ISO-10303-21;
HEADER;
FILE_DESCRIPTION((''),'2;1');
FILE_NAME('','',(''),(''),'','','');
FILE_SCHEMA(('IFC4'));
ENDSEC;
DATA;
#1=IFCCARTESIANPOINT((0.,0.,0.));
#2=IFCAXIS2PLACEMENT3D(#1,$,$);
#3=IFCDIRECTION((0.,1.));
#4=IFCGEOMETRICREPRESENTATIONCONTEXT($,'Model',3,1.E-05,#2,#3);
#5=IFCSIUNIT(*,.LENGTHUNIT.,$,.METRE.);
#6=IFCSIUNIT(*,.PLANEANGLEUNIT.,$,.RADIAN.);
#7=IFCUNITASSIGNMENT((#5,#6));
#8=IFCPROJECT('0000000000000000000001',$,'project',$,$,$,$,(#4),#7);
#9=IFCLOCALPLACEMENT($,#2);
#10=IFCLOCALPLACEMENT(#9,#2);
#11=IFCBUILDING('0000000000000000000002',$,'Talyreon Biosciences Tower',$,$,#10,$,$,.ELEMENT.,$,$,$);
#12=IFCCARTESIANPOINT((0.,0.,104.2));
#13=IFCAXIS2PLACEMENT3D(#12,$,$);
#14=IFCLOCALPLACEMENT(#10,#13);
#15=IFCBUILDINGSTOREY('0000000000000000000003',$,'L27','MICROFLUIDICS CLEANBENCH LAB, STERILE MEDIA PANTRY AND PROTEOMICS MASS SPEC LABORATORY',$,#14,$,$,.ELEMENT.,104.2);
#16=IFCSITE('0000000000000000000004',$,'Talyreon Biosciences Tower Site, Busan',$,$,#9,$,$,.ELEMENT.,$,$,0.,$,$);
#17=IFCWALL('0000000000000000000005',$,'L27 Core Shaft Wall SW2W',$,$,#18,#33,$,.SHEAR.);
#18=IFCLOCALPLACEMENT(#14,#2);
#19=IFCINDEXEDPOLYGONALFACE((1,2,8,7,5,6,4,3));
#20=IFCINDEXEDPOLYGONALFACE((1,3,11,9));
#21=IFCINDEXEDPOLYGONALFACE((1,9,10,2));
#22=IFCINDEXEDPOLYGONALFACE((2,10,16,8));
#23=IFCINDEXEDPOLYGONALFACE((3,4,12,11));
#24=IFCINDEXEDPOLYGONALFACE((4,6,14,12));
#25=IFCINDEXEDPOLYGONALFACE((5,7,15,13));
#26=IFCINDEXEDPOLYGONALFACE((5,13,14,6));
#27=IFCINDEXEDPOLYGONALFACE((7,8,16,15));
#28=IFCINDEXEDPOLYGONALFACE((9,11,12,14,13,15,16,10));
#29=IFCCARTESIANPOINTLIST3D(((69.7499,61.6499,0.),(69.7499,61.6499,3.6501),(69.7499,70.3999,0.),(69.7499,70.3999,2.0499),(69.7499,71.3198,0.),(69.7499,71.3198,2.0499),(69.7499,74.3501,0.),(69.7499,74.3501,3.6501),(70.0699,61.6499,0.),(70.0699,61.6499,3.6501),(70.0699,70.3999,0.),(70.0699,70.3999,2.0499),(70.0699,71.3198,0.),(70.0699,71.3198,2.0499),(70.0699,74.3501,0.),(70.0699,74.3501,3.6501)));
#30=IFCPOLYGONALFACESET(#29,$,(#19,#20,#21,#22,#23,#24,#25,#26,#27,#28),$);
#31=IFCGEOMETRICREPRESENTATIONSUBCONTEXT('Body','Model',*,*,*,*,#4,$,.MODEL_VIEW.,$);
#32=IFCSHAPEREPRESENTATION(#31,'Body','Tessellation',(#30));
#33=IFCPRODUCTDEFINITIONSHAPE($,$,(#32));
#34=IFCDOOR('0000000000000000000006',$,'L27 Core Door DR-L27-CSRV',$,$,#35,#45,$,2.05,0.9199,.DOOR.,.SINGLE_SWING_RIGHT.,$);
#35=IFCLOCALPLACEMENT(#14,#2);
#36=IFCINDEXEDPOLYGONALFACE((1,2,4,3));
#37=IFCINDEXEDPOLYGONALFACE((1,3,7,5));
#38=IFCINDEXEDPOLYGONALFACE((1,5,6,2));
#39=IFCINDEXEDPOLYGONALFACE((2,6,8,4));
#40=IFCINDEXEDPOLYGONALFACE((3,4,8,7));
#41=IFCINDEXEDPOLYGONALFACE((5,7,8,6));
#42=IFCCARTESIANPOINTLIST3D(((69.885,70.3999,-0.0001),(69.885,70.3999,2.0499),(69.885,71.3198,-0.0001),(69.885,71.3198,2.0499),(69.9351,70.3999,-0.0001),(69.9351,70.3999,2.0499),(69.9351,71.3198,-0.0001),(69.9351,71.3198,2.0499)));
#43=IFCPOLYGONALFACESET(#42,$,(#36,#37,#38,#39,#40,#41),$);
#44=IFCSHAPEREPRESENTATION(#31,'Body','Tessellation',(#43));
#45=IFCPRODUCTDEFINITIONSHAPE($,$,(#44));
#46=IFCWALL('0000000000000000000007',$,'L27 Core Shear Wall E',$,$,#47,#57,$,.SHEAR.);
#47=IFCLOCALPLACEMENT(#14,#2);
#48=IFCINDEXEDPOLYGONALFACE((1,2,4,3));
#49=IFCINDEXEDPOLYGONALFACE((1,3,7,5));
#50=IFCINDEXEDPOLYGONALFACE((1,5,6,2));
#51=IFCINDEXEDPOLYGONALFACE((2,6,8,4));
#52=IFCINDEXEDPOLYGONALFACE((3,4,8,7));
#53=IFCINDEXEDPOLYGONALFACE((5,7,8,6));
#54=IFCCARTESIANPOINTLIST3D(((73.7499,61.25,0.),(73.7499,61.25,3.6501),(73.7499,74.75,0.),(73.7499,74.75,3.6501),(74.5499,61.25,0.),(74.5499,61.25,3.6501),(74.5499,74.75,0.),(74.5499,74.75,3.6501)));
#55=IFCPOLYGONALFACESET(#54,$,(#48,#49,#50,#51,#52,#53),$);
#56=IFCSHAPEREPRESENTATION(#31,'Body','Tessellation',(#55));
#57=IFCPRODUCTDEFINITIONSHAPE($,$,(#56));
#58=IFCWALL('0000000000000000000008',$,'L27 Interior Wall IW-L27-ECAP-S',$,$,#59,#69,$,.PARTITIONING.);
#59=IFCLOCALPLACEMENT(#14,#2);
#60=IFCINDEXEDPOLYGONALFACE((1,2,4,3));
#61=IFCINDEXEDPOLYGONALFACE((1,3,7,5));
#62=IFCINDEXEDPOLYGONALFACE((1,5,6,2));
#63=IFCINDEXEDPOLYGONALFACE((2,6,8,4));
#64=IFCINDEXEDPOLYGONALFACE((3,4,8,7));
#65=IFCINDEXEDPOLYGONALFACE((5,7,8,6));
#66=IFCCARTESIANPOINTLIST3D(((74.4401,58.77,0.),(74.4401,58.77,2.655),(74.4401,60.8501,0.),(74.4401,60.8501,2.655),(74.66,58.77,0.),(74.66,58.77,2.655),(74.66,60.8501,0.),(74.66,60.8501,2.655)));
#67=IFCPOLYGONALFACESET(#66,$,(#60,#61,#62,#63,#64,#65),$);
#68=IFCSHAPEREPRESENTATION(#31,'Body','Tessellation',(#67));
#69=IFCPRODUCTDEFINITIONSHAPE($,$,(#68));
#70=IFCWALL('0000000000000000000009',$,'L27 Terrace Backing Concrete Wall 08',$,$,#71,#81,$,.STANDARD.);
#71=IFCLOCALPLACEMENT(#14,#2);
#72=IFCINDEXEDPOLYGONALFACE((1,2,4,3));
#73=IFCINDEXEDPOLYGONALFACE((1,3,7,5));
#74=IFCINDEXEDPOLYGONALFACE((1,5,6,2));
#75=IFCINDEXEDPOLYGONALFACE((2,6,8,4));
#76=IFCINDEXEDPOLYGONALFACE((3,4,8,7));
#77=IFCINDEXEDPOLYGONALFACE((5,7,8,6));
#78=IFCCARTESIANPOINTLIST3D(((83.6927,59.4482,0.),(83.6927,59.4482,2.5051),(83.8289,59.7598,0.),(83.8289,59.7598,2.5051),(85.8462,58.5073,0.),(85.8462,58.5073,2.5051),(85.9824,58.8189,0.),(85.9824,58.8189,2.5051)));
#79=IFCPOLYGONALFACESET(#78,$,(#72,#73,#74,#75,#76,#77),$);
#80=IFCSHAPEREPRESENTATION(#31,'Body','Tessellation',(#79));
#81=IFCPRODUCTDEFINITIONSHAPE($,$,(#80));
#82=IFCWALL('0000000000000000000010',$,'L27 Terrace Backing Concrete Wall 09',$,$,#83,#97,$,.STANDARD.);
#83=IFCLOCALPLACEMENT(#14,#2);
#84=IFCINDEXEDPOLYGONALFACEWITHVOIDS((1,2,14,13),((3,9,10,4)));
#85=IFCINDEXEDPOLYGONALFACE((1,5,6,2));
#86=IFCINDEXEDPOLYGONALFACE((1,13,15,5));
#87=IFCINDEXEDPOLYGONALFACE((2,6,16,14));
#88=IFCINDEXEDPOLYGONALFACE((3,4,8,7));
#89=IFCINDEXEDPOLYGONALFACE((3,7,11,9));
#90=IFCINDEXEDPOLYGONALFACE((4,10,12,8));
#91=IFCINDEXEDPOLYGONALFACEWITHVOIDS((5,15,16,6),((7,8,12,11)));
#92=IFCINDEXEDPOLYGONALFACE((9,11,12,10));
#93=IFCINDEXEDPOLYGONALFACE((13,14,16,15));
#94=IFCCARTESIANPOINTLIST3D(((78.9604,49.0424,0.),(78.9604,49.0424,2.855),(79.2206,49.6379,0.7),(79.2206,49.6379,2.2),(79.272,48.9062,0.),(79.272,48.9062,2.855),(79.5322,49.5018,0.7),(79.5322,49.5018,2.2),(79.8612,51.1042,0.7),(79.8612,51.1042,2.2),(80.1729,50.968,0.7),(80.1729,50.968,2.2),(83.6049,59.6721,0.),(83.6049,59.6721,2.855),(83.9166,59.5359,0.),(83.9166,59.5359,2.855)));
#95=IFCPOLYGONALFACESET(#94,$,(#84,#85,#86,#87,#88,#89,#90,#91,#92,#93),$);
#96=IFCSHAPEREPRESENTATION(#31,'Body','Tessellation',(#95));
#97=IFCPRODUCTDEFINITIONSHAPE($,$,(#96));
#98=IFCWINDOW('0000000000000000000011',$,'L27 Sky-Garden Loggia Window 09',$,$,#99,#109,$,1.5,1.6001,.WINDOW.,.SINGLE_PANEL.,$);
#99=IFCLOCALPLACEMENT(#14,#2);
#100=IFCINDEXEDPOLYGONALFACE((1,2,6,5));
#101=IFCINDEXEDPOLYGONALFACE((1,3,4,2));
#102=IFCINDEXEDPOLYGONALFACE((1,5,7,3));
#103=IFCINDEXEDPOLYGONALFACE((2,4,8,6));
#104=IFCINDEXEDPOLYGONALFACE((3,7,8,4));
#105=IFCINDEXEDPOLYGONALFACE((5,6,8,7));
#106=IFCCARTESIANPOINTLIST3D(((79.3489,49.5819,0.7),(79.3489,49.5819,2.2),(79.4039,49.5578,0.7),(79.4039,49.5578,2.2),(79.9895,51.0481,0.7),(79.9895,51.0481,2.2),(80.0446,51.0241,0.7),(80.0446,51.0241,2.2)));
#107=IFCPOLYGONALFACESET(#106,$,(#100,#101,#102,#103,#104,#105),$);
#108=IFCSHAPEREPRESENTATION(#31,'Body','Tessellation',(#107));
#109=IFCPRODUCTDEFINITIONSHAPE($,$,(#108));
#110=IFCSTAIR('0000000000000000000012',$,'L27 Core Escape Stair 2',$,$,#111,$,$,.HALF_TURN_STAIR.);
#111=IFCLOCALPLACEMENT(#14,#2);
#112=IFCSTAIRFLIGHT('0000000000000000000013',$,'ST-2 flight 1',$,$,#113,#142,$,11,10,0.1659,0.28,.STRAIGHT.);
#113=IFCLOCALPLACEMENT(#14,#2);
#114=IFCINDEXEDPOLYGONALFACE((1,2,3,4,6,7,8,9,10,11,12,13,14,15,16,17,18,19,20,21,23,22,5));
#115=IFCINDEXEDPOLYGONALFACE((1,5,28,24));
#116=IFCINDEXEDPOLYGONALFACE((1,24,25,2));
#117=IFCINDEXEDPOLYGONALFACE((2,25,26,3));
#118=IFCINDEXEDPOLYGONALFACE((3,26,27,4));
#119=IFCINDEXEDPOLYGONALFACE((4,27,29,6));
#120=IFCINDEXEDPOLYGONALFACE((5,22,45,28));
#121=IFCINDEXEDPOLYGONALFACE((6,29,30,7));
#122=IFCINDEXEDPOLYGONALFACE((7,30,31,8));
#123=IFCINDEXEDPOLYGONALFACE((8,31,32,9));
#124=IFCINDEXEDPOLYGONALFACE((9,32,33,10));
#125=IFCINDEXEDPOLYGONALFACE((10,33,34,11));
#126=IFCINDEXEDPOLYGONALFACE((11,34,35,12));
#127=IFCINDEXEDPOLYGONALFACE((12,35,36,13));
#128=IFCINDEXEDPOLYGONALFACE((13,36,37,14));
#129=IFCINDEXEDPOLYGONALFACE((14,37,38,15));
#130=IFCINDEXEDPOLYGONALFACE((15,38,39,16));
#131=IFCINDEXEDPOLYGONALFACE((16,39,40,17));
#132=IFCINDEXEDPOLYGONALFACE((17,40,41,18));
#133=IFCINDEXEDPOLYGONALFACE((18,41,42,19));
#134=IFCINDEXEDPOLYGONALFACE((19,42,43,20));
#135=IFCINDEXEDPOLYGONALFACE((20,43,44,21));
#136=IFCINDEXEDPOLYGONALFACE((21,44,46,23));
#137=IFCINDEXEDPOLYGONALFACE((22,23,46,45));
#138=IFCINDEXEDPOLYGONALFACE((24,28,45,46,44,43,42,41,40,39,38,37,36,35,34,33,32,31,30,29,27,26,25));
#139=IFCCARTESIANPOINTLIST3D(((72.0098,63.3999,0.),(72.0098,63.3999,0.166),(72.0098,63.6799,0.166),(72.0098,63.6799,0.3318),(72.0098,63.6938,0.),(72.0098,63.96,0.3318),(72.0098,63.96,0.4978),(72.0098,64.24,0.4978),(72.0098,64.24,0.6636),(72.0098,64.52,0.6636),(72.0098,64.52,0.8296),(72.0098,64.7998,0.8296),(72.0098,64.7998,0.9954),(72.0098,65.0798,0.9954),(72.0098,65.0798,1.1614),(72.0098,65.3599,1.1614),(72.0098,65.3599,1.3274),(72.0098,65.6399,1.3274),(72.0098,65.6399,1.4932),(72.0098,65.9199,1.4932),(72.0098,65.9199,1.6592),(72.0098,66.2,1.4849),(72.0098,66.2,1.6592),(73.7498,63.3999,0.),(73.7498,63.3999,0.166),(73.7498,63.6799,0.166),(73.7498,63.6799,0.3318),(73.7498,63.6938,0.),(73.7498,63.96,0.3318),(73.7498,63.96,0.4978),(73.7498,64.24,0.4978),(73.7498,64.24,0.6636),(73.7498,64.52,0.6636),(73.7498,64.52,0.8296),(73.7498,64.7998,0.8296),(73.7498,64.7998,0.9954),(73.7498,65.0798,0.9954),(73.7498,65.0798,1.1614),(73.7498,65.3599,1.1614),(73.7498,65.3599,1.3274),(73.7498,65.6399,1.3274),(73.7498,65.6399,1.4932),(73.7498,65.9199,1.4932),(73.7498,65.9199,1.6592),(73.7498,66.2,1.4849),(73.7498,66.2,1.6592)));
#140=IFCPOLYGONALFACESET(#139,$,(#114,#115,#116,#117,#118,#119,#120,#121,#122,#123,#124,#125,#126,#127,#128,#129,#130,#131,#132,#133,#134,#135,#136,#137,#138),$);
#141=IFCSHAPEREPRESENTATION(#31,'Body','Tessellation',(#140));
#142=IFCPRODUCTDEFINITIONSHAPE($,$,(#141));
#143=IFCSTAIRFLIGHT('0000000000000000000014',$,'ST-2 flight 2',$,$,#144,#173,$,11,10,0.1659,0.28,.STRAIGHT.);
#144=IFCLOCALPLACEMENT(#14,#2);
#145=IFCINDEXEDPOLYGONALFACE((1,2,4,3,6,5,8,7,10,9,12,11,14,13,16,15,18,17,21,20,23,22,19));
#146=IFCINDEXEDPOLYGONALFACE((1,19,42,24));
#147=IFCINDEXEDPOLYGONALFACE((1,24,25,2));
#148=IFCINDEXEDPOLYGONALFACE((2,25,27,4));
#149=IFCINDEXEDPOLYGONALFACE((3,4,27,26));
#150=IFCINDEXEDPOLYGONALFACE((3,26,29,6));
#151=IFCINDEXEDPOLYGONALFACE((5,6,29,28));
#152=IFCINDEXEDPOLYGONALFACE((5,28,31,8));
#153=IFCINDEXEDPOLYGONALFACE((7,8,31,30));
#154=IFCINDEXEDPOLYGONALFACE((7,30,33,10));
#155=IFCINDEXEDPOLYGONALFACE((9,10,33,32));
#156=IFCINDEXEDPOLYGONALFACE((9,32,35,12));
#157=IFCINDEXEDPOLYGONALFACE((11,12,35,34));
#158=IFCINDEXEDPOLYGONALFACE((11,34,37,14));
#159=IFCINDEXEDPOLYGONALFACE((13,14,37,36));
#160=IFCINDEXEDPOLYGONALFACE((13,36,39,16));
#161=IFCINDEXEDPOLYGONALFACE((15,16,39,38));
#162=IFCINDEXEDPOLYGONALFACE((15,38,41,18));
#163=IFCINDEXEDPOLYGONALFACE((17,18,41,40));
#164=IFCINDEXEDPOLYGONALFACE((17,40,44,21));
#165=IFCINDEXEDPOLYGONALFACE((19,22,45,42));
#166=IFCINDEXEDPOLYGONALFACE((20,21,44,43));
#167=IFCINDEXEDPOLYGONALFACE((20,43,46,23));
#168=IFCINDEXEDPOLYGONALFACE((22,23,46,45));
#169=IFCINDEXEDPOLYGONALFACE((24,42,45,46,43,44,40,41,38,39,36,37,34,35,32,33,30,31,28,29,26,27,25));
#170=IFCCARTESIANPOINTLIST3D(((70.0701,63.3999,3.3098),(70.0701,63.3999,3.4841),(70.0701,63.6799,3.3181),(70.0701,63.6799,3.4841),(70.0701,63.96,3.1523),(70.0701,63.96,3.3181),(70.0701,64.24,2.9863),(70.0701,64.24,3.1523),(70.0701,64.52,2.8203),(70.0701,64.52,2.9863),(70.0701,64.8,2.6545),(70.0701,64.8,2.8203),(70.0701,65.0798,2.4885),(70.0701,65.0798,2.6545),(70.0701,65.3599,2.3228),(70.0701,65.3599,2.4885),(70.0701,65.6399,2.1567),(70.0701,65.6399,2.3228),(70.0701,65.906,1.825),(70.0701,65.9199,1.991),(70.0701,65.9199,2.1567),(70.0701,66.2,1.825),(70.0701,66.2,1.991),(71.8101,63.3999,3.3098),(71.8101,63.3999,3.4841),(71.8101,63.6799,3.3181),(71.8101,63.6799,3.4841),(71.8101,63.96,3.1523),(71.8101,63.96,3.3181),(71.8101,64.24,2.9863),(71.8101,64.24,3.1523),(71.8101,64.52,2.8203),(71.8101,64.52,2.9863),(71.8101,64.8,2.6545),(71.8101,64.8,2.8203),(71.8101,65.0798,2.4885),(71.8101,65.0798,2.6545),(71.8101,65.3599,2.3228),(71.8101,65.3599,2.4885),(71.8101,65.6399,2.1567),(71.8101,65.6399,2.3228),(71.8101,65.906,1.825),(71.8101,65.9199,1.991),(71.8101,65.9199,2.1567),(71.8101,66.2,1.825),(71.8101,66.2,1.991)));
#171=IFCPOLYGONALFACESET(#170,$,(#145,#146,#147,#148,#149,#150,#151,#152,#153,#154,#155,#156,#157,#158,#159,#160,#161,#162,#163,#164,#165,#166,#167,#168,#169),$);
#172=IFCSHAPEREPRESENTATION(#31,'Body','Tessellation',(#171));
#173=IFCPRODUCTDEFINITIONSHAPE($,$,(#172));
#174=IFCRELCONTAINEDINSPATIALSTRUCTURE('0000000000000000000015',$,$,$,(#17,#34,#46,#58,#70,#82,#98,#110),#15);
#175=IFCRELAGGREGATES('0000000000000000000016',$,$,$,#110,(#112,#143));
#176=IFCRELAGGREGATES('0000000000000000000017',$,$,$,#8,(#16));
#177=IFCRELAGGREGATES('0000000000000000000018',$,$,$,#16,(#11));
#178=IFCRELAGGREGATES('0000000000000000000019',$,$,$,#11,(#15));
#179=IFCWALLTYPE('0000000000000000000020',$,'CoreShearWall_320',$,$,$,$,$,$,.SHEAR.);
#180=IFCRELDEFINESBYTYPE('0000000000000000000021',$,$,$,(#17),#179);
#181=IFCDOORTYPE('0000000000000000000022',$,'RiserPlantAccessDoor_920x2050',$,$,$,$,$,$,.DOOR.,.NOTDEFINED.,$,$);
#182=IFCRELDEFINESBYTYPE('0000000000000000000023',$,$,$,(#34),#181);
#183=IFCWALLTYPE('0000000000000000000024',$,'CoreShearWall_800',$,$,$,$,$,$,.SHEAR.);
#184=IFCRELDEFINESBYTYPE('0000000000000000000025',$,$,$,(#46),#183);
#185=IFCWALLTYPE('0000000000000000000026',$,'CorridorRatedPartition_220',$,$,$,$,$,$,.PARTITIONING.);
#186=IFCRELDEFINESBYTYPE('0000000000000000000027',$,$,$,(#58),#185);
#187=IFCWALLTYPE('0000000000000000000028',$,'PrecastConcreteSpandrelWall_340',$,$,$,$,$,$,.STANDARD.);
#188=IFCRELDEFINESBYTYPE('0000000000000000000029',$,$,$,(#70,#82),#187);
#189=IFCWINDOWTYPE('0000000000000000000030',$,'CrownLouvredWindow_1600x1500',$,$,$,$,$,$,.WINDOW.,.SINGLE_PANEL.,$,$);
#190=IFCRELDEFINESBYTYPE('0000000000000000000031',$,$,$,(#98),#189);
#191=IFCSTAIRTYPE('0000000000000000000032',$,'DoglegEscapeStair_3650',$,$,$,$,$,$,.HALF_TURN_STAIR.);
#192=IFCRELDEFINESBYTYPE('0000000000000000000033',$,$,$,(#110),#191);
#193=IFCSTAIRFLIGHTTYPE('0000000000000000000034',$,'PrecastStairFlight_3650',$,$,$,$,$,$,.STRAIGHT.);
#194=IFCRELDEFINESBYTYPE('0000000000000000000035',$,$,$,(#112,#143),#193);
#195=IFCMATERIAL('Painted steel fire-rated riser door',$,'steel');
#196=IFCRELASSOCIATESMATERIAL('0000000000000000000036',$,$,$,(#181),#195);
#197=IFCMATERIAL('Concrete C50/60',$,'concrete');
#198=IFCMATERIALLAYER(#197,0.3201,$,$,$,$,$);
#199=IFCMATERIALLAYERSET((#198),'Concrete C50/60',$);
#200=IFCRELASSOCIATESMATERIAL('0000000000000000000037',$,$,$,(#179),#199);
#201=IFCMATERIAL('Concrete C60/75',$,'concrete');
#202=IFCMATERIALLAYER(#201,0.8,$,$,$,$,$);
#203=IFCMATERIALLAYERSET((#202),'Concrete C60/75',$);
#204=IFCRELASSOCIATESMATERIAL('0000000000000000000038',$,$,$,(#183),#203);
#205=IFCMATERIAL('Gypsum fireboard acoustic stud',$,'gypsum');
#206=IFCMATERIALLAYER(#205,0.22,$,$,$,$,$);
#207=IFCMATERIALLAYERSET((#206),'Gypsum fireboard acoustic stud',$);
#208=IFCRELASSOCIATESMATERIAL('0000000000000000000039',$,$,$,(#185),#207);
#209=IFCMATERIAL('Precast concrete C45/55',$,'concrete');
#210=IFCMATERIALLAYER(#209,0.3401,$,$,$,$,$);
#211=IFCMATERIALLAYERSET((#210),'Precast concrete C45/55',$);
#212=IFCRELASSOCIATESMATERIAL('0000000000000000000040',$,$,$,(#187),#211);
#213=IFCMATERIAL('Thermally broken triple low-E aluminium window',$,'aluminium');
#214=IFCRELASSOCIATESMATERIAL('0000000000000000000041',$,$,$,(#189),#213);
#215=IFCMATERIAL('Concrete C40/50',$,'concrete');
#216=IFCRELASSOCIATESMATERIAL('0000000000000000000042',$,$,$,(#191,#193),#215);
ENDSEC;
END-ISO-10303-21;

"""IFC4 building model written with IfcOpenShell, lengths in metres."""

from ifc_helpers import new_model, si_unit, direction, frame, frame_2d, origin, place, context, subcontext, project, spatial, polyline, rectangle, outline, extrude, material, layer, layer_set, type_object, element, fill, aggregate, save


model = new_model("IFC4")

# Units and contexts
model_context = context("Model", 3, precision=1e-05, world=origin(), true_north=direction((0.0, 1.0)))
body_context = subcontext(model_context, "Body", "Model", "MODEL_VIEW")
ifc_project = project(units=[si_unit("LENGTHUNIT", "METRE"), si_unit("PLANEANGLEUNIT", "RADIAN")], contexts=[model_context])

# Site, building, storey
site_placement = place(None, origin())
site = spatial("IfcSite", under=ifc_project, at=site_placement, Name="Talyreon Biosciences Tower Site, Busan", CompositionType="ELEMENT", RefElevation=0.0)
building_placement = place(site_placement, origin())
building = spatial("IfcBuilding", under=site, at=building_placement, Name="Talyreon Biosciences Tower", CompositionType="ELEMENT")
storey_placement = place(building_placement, frame((0.0, 0.0, 104.2)))
storey = spatial("IfcBuildingStorey", under=building, at=storey_placement, Name="L27", Description="MICROFLUIDICS CLEANBENCH LAB, STERILE MEDIA PANTRY AND PROTEOMICS MASS SPEC LABORATORY", CompositionType="ELEMENT", Elevation=104.2)

# Shared definitions
ifc_material_1 = material(Name="Concrete C60/75", Category="concrete")
ifc_material_2 = material(Name="Concrete C50/60", Category="concrete")

# Shared definitions
ifc_material_3 = material(Name="Painted steel fire-rated riser door", Category="steel")
door_type = type_object("IfcDoorType", Name="RiserPlantAccessDoor_920x2050", OperationType="NOTDEFINED", PredefinedType="DOOR", material=ifc_material_3)

# Wall, opening, door
ifc_layer_1 = layer(ifc_material_2, 0.3201)
ifc_layer_set_1 = layer_set([ifc_layer_1], Name="Concrete C50/60")
wall_type_1 = type_object("IfcWallType", Name="CoreShearWall_320", PredefinedType="SHEAR", material=ifc_layer_set_1)
wall_1_placement = place(storey_placement, frame((69.9099, 61.6499, 0.0), z_axis=(0.0, 0.0, 1.0), x_axis=(0.0, 1.0, 0.0)))
wall_1 = element("IfcWall", 1, at=wall_1_placement, inside=storey, type_object=wall_type_1, Name="L27 Core Shaft Wall SW2W", PredefinedType="SHEAR", context=body_context, shape_type="SweptSolid", body=[
    extrude(rectangle(XDim=12.7002, YDim=0.3201, at=frame_2d((6.3501, 0.0))), origin(), (0.0, 0.0, 1.0), 3.6501),
])
opening_1_placement = place(wall_1_placement, frame((8.75, 0.0, 0.0)))
opening_1 = element("IfcOpeningElement", 2, at=opening_1_placement, cuts=wall_1, PredefinedType="OPENING", context=body_context, shape_type="SweptSolid", body=[
    extrude(rectangle(XDim=0.9199, YDim=2.05, at=frame_2d((0.46, 1.0249))), frame((0.0, 0.1699, 0.0), z_axis=(0.0, -1.0, 0.0), x_axis=(1.0, 0.0, 0.0)), (0.0, 0.0, 1.0), 0.3401),
])
door_1_placement = place(opening_1_placement, origin())
door_1 = element("IfcDoor", 3, at=door_1_placement, inside=storey, type_object=door_type, Name="L27 Core Door DR-L27-CSRV", OperationType="SINGLE_SWING_RIGHT", OverallHeight=2.05, OverallWidth=0.9199, PredefinedType="DOOR", context=body_context, shape_type="SweptSolid", body=[
    extrude(rectangle(XDim=0.9199, YDim=2.05, at=frame_2d((0.46, 1.0249))), frame((0.0, 0.0249, 0.0), z_axis=(0.0, -1.0, 0.0), x_axis=(1.0, 0.0, 0.0)), (0.0, 0.0, 1.0), 0.05),
])
fill(opening_1, door_1)

# Walls
ifc_layer_2 = layer(ifc_material_1, 0.8)
ifc_layer_set_2 = layer_set([ifc_layer_2], Name="Concrete C60/75")
wall_type_2 = type_object("IfcWallType", Name="CoreShearWall_800", PredefinedType="SHEAR", material=ifc_layer_set_2)
wall_2_placement = place(storey_placement, frame((74.1499, 61.25, 0.0), z_axis=(0.0, 0.0, 1.0), x_axis=(0.0, 1.0, 0.0)))
element("IfcWall", 4, at=wall_2_placement, inside=storey, type_object=wall_type_2, Name="L27 Core Shear Wall E", PredefinedType="SHEAR", context=body_context, shape_type="SweptSolid", body=[
    extrude(rectangle(XDim=13.5, YDim=0.8, at=frame_2d((6.75, 0.0))), origin(), (0.0, 0.0, 1.0), 3.6501),
])
ifc_material_4 = material(Name="Gypsum fireboard acoustic stud", Category="gypsum")
ifc_layer_3 = layer(ifc_material_4, 0.22)
ifc_layer_set_3 = layer_set([ifc_layer_3], Name="Gypsum fireboard acoustic stud")
wall_type_3 = type_object("IfcWallType", Name="CorridorRatedPartition_220", PredefinedType="PARTITIONING", material=ifc_layer_set_3)
wall_3_placement = place(storey_placement, frame((74.55, 58.77, 0.0), z_axis=(0.0, 0.0, 1.0), x_axis=(0.0, 1.0, 0.0)))
element("IfcWall", 5, at=wall_3_placement, inside=storey, type_object=wall_type_3, Name="L27 Interior Wall IW-L27-ECAP-S", PredefinedType="PARTITIONING", context=body_context, shape_type="SweptSolid", body=[
    extrude(rectangle(XDim=2.0801, YDim=0.22, at=frame_2d((1.04, 0.0))), origin(), (0.0, 0.0, 1.0), 2.655),
])
ifc_material_5 = material(Name="Precast concrete C45/55", Category="concrete")
ifc_layer_4 = layer(ifc_material_5, 0.3401)
ifc_layer_set_4 = layer_set([ifc_layer_4], Name="Precast concrete C45/55")
wall_type_4 = type_object("IfcWallType", Name="PrecastConcreteSpandrelWall_340", PredefinedType="STANDARD", material=ifc_layer_set_4)
wall_4_placement = place(storey_placement, frame((85.9143, 58.6631, 0.0), z_axis=(0.0, 0.0, 1.0), x_axis=(-0.916355, 0.400366, 0.0)))
element("IfcWall", 6, at=wall_4_placement, inside=storey, type_object=wall_type_4, Name="L27 Terrace Backing Concrete Wall 08", PredefinedType="STANDARD", context=body_context, shape_type="SweptSolid", body=[
    extrude(rectangle(XDim=2.3501, YDim=0.3401, at=frame_2d((1.175, 0.0))), origin(), (0.0, 0.0, 1.0), 2.5051),
])

# Wall, opening, window
wall_5_placement = place(storey_placement, frame((83.7607, 59.604, 0.0), z_axis=(0.0, 0.0, 1.0), x_axis=(-0.400389, -0.916345, 0.0)))
wall_5 = element("IfcWall", 7, at=wall_5_placement, inside=storey, type_object=wall_type_4, Name="L27 Terrace Backing Concrete Wall 09", PredefinedType="STANDARD", context=body_context, shape_type="SweptSolid", body=[
    extrude(rectangle(XDim=11.6001, YDim=0.3401, at=frame_2d((5.8, 0.0))), origin(), (0.0, 0.0, 1.0), 2.855),
])
opening_2_placement = place(wall_5_placement, frame((9.3501, 0.0, 0.7)))
opening_2 = element("IfcOpeningElement", 8, at=opening_2_placement, cuts=wall_5, PredefinedType="OPENING", context=body_context, shape_type="SweptSolid", body=[
    extrude(rectangle(XDim=1.6001, YDim=1.5, at=frame_2d((0.8, 0.75))), frame((0.0, 0.1799, 0.0), z_axis=(0.0, -1.0, 0.0), x_axis=(1.0, 0.0, 0.0)), (0.0, 0.0, 1.0), 0.3601),
])
ifc_material_6 = material(Name="Thermally broken triple low-E aluminium window", Category="aluminium")
window_type = type_object("IfcWindowType", Name="CrownLouvredWindow_1600x1500", PartitioningType="SINGLE_PANEL", PredefinedType="WINDOW", material=ifc_material_6)
window_placement = place(opening_2_placement, origin())
window = element("IfcWindow", 9, at=window_placement, inside=storey, type_object=window_type, Name="L27 Sky-Garden Loggia Window 09", OverallHeight=1.5, OverallWidth=1.6001, PartitioningType="SINGLE_PANEL", PredefinedType="WINDOW", context=body_context, shape_type="SweptSolid", body=[
    extrude(rectangle(XDim=1.6001, YDim=1.5, at=frame_2d((0.8, 0.75))), frame((0.0, 0.03, 0.0), z_axis=(0.0, -1.0, 0.0), x_axis=(1.0, 0.0, 0.0)), (0.0, 0.0, 1.0), 0.0601),
])
fill(opening_2, window)

# Stair, stair flights
ifc_material_7 = material(Name="Concrete C40/50", Category="concrete")
stair_type = type_object("IfcStairType", Name="DoglegEscapeStair_3650", PredefinedType="HALF_TURN_STAIR", material=ifc_material_7)
stair_placement = place(storey_placement, origin())
stair = element("IfcStair", 10, at=stair_placement, inside=storey, type_object=stair_type, Name="L27 Core Escape Stair 2", PredefinedType="HALF_TURN_STAIR")
stair_flight_type = type_object("IfcStairFlightType", Name="PrecastStairFlight_3650", PredefinedType="STRAIGHT", material=ifc_material_7)
stair_flight_1_placement = place(storey_placement, frame((72.8799, 63.3999, 0.0), z_axis=(0.0, 0.0, 1.0), x_axis=(0.0, 1.0, 0.0)))
stair_flight_1 = element("IfcStairFlight", 11, at=stair_flight_1_placement, type_object=stair_flight_type, Name="ST-2 flight 1", NumberOfRisers=11, NumberOfTreads=10, PredefinedType="STRAIGHT", RiserHeight=0.1659, TreadLength=0.28, context=body_context, shape_type="SweptSolid", body=[
    extrude(outline(polyline([(0.0, 0.0), (0.0, 0.166), (0.28, 0.166), (0.28, 0.3318), (0.5601, 0.3318), (0.5601, 0.4978), (0.8401, 0.4978), (0.8401, 0.6636), (1.1201, 0.6636), (1.1201, 0.8296), (1.3999, 0.8296), (1.3999, 0.9954), (1.6799, 0.9954), (1.6799, 1.1614), (1.96, 1.1614), (1.96, 1.3274), (2.24, 1.3274), (2.24, 1.4932), (2.52, 1.4932), (2.52, 1.6592), (2.8, 1.6592), (2.8, 1.825), (2.8, 1.4849), (0.2939, 0.0), (0.0, 0.0)])), frame((0.0, 0.8701, 0.0), z_axis=(0.0, -1.0, 0.0), x_axis=(1.0, 0.0, 0.0)), (0.0, 0.0, 1.0), 1.74),
])
stair_flight_2_placement = place(storey_placement, frame((70.9399, 66.2, 1.825), z_axis=(0.0, 0.0, 1.0), x_axis=(0.0, -1.0, 0.0)))
stair_flight_2 = element("IfcStairFlight", 12, at=stair_flight_2_placement, type_object=stair_flight_type, Name="ST-2 flight 2", NumberOfRisers=11, NumberOfTreads=10, PredefinedType="STRAIGHT", RiserHeight=0.1659, TreadLength=0.28, context=body_context, shape_type="SweptSolid", body=[
    extrude(outline(polyline([(0.0, 0.0), (0.0, 0.166), (0.28, 0.166), (0.28, 0.3318), (0.5601, 0.3318), (0.5601, 0.4978), (0.8401, 0.4978), (0.8401, 0.6636), (1.1201, 0.6636), (1.1201, 0.8296), (1.3999, 0.8296), (1.3999, 0.9954), (1.6799, 0.9954), (1.6799, 1.1614), (1.96, 1.1614), (1.96, 1.3274), (2.24, 1.3274), (2.24, 1.4932), (2.52, 1.4932), (2.52, 1.6592), (2.8, 1.6592), (2.8, 1.825), (2.8, 1.4849), (0.2939, 0.0), (0.0, 0.0)])), frame((0.0, 0.8701, 0.0), z_axis=(0.0, -1.0, 0.0), x_axis=(1.0, 0.0, 0.0)), (0.0, 0.0, 1.0), 1.74),
])
aggregate(stair, [stair_flight_1, stair_flight_2])

save(model, "model.ifc")
